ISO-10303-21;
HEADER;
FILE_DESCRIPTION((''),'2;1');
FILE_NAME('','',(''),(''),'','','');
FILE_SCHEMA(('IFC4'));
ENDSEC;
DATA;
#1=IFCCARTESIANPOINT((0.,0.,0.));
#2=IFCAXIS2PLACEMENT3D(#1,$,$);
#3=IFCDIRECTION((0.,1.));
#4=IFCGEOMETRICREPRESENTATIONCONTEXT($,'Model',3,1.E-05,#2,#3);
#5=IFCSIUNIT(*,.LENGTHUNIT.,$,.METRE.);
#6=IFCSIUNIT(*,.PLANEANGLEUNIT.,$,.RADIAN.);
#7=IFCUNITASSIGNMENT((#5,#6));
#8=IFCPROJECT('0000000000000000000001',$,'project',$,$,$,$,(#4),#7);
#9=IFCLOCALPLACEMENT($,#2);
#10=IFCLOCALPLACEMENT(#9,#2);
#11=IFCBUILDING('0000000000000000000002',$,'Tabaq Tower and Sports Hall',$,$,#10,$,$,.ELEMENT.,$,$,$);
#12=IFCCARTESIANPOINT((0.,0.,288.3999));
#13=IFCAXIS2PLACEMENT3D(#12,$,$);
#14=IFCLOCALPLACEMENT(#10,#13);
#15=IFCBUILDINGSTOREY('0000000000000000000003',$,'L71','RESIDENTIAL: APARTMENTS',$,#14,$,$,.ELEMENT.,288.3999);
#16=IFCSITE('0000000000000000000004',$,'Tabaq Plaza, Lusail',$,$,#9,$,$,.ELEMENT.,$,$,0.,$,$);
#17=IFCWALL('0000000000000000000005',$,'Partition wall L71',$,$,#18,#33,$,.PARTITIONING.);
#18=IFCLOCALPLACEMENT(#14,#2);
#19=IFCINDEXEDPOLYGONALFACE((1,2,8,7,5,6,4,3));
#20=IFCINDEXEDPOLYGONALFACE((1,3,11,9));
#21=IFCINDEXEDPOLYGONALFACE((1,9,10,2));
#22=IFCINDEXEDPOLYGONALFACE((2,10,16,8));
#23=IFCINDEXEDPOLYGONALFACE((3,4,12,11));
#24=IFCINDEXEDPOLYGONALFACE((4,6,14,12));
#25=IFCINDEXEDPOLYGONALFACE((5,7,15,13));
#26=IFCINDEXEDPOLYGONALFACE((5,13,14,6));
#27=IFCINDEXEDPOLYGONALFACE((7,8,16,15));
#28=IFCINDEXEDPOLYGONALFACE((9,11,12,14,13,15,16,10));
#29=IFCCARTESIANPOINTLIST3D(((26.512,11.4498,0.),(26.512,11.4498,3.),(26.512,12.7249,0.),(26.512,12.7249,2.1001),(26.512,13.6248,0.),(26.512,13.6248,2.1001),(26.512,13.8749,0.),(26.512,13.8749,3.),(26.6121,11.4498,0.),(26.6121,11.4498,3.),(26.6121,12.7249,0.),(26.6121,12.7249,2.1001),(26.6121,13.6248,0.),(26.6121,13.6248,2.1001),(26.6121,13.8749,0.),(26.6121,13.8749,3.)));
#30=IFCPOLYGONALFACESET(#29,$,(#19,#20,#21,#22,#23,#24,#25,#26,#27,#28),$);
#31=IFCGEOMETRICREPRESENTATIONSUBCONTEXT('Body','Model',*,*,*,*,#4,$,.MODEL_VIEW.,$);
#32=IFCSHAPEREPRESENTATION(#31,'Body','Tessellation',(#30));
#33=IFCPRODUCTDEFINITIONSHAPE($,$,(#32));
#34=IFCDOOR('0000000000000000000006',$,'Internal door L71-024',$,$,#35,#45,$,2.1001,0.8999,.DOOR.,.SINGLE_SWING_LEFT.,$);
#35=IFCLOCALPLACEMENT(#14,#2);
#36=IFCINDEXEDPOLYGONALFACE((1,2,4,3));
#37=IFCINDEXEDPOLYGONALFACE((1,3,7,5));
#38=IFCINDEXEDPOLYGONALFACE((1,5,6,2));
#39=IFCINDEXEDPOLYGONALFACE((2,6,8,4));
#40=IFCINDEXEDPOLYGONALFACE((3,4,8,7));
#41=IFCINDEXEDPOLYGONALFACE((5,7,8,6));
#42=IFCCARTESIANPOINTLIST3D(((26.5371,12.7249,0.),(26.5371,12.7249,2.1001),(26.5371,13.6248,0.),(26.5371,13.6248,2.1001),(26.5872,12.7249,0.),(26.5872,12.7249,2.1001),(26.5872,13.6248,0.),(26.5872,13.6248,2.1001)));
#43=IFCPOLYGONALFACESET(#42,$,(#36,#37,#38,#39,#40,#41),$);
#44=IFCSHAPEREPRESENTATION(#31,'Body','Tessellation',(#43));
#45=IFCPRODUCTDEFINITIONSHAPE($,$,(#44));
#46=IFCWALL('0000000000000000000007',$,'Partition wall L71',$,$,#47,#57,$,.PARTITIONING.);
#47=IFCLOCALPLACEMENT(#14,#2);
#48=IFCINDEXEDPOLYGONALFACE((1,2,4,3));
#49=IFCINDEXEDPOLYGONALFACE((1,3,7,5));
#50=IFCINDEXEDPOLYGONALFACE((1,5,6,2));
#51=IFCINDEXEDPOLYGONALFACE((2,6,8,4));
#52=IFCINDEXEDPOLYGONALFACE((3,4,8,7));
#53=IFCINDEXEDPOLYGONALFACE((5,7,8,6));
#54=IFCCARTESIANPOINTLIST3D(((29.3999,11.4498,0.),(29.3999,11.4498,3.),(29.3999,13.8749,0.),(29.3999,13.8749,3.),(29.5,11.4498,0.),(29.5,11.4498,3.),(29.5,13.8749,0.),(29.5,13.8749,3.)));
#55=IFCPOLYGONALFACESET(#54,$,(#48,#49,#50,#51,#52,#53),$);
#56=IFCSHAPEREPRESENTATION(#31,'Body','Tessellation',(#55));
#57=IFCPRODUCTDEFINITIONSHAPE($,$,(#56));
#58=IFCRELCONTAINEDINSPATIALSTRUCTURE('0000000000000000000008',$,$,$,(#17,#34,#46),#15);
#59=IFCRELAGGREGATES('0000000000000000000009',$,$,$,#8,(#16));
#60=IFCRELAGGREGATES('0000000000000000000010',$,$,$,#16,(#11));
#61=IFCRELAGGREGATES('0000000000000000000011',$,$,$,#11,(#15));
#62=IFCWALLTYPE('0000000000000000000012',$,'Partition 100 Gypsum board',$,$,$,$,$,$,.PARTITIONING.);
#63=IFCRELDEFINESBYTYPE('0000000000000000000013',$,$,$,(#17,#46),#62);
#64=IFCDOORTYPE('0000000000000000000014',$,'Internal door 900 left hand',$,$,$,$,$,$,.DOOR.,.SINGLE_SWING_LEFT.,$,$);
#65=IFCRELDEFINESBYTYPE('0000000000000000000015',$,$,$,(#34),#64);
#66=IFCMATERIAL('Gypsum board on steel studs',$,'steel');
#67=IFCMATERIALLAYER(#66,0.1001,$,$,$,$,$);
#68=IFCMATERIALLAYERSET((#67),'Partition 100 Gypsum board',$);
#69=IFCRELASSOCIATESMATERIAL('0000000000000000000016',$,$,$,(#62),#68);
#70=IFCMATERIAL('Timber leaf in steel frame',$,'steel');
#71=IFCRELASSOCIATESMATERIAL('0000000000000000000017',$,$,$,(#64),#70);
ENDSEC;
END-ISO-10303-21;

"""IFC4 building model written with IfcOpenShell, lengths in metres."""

from ifc_helpers import new_model, si_unit, direction, frame, frame_2d, origin, place, context, subcontext, project, spatial, rectangle, extrude, material, layer, layer_set, type_object, element, fill, save


model = new_model("IFC4")

# Units and contexts
model_context = context("Model", 3, precision=1e-05, world=origin(), true_north=direction((0.0, 1.0)))
body_context = subcontext(model_context, "Body", "Model", "MODEL_VIEW")
ifc_project = project(units=[si_unit("LENGTHUNIT", "METRE"), si_unit("PLANEANGLEUNIT", "RADIAN")], contexts=[model_context])

# Site, building, storey
site_placement = place(None, origin())
site = spatial("IfcSite", under=ifc_project, at=site_placement, Name="Tabaq Plaza, Lusail", CompositionType="ELEMENT", RefElevation=0.0)
building_placement = place(site_placement, origin())
building = spatial("IfcBuilding", under=site, at=building_placement, Name="Tabaq Tower and Sports Hall", CompositionType="ELEMENT")
storey_placement = place(building_placement, frame((0.0, 0.0, 288.3999)))
storey = spatial("IfcBuildingStorey", under=building, at=storey_placement, Name="L71", Description="RESIDENTIAL: APARTMENTS", CompositionType="ELEMENT", Elevation=288.3999)

# Wall, opening, door
ifc_material_1 = material(Name="Gypsum board on steel studs", Category="steel")
ifc_layer_1 = layer(ifc_material_1, 0.1001)
ifc_layer_set_1 = layer_set([ifc_layer_1], Name="Partition 100 Gypsum board")
wall_type_1 = type_object("IfcWallType", Name="Partition 100 Gypsum board", PredefinedType="PARTITIONING", material=ifc_layer_set_1)
ifc_material_2 = material(Name="Timber leaf in steel frame", Category="steel")
door_type = type_object("IfcDoorType", Name="Internal door 900 left hand", OperationType="SINGLE_SWING_LEFT", PredefinedType="DOOR", material=ifc_material_2)
wall_1_placement = place(storey_placement, frame((26.562, 11.45, 0.0), z_axis=(0.0, 0.0, 1.0), x_axis=(0.0, 1.0, 0.0)))
wall_1 = element("IfcWall", 1, at=wall_1_placement, inside=storey, type_object=wall_type_1, Name="Partition wall L71", PredefinedType="PARTITIONING", context=body_context, shape_type="SweptSolid", body=[
    extrude(rectangle(XDim=2.425, YDim=0.1001, at=frame_2d((1.2124, 0.0))), origin(), (0.0, 0.0, 1.0), 3.0),
])
opening_1_placement = place(wall_1_placement, frame((1.2749, 0.0, 0.0)))
opening_1 = element("IfcOpeningElement", 2, at=opening_1_placement, cuts=wall_1, PredefinedType="OPENING", context=body_context, shape_type="SweptSolid", body=[
    extrude(rectangle(XDim=0.8999, YDim=2.1001, at=frame_2d((0.45, 1.05))), frame((0.0, 0.05, 0.0), z_axis=(0.0, -1.0, 0.0), x_axis=(1.0, 0.0, 0.0)), (0.0, 0.0, 1.0), 0.1001),
])
door_1_placement = place(opening_1_placement, origin())
door_1 = element("IfcDoor", 3, at=door_1_placement, inside=storey, type_object=door_type, Name="Internal door L71-024", OperationType="SINGLE_SWING_LEFT", OverallHeight=2.1001, OverallWidth=0.8999, PredefinedType="DOOR", context=body_context, shape_type="SweptSolid", body=[
    extrude(rectangle(XDim=0.8999, YDim=2.1001, at=frame_2d((0.45, 1.05))), frame((0.0, 0.0249, 0.0), z_axis=(0.0, -1.0, 0.0), x_axis=(1.0, 0.0, 0.0)), (0.0, 0.0, 1.0), 0.05),
])
fill(opening_1, door_1)

# Wall
wall_2_placement = place(storey_placement, frame((29.45, 11.45, 0.0), z_axis=(0.0, 0.0, 1.0), x_axis=(0.0, 1.0, 0.0)))
element("IfcWall", 4, at=wall_2_placement, inside=storey, type_object=wall_type_1, Name="Partition wall L71", PredefinedType="PARTITIONING", context=body_context, shape_type="SweptSolid", body=[
    extrude(rectangle(XDim=2.425, YDim=0.1001, at=frame_2d((1.2124, 0.0))), origin(), (0.0, 0.0, 1.0), 3.0),
])

save(model, "model.ifc")
